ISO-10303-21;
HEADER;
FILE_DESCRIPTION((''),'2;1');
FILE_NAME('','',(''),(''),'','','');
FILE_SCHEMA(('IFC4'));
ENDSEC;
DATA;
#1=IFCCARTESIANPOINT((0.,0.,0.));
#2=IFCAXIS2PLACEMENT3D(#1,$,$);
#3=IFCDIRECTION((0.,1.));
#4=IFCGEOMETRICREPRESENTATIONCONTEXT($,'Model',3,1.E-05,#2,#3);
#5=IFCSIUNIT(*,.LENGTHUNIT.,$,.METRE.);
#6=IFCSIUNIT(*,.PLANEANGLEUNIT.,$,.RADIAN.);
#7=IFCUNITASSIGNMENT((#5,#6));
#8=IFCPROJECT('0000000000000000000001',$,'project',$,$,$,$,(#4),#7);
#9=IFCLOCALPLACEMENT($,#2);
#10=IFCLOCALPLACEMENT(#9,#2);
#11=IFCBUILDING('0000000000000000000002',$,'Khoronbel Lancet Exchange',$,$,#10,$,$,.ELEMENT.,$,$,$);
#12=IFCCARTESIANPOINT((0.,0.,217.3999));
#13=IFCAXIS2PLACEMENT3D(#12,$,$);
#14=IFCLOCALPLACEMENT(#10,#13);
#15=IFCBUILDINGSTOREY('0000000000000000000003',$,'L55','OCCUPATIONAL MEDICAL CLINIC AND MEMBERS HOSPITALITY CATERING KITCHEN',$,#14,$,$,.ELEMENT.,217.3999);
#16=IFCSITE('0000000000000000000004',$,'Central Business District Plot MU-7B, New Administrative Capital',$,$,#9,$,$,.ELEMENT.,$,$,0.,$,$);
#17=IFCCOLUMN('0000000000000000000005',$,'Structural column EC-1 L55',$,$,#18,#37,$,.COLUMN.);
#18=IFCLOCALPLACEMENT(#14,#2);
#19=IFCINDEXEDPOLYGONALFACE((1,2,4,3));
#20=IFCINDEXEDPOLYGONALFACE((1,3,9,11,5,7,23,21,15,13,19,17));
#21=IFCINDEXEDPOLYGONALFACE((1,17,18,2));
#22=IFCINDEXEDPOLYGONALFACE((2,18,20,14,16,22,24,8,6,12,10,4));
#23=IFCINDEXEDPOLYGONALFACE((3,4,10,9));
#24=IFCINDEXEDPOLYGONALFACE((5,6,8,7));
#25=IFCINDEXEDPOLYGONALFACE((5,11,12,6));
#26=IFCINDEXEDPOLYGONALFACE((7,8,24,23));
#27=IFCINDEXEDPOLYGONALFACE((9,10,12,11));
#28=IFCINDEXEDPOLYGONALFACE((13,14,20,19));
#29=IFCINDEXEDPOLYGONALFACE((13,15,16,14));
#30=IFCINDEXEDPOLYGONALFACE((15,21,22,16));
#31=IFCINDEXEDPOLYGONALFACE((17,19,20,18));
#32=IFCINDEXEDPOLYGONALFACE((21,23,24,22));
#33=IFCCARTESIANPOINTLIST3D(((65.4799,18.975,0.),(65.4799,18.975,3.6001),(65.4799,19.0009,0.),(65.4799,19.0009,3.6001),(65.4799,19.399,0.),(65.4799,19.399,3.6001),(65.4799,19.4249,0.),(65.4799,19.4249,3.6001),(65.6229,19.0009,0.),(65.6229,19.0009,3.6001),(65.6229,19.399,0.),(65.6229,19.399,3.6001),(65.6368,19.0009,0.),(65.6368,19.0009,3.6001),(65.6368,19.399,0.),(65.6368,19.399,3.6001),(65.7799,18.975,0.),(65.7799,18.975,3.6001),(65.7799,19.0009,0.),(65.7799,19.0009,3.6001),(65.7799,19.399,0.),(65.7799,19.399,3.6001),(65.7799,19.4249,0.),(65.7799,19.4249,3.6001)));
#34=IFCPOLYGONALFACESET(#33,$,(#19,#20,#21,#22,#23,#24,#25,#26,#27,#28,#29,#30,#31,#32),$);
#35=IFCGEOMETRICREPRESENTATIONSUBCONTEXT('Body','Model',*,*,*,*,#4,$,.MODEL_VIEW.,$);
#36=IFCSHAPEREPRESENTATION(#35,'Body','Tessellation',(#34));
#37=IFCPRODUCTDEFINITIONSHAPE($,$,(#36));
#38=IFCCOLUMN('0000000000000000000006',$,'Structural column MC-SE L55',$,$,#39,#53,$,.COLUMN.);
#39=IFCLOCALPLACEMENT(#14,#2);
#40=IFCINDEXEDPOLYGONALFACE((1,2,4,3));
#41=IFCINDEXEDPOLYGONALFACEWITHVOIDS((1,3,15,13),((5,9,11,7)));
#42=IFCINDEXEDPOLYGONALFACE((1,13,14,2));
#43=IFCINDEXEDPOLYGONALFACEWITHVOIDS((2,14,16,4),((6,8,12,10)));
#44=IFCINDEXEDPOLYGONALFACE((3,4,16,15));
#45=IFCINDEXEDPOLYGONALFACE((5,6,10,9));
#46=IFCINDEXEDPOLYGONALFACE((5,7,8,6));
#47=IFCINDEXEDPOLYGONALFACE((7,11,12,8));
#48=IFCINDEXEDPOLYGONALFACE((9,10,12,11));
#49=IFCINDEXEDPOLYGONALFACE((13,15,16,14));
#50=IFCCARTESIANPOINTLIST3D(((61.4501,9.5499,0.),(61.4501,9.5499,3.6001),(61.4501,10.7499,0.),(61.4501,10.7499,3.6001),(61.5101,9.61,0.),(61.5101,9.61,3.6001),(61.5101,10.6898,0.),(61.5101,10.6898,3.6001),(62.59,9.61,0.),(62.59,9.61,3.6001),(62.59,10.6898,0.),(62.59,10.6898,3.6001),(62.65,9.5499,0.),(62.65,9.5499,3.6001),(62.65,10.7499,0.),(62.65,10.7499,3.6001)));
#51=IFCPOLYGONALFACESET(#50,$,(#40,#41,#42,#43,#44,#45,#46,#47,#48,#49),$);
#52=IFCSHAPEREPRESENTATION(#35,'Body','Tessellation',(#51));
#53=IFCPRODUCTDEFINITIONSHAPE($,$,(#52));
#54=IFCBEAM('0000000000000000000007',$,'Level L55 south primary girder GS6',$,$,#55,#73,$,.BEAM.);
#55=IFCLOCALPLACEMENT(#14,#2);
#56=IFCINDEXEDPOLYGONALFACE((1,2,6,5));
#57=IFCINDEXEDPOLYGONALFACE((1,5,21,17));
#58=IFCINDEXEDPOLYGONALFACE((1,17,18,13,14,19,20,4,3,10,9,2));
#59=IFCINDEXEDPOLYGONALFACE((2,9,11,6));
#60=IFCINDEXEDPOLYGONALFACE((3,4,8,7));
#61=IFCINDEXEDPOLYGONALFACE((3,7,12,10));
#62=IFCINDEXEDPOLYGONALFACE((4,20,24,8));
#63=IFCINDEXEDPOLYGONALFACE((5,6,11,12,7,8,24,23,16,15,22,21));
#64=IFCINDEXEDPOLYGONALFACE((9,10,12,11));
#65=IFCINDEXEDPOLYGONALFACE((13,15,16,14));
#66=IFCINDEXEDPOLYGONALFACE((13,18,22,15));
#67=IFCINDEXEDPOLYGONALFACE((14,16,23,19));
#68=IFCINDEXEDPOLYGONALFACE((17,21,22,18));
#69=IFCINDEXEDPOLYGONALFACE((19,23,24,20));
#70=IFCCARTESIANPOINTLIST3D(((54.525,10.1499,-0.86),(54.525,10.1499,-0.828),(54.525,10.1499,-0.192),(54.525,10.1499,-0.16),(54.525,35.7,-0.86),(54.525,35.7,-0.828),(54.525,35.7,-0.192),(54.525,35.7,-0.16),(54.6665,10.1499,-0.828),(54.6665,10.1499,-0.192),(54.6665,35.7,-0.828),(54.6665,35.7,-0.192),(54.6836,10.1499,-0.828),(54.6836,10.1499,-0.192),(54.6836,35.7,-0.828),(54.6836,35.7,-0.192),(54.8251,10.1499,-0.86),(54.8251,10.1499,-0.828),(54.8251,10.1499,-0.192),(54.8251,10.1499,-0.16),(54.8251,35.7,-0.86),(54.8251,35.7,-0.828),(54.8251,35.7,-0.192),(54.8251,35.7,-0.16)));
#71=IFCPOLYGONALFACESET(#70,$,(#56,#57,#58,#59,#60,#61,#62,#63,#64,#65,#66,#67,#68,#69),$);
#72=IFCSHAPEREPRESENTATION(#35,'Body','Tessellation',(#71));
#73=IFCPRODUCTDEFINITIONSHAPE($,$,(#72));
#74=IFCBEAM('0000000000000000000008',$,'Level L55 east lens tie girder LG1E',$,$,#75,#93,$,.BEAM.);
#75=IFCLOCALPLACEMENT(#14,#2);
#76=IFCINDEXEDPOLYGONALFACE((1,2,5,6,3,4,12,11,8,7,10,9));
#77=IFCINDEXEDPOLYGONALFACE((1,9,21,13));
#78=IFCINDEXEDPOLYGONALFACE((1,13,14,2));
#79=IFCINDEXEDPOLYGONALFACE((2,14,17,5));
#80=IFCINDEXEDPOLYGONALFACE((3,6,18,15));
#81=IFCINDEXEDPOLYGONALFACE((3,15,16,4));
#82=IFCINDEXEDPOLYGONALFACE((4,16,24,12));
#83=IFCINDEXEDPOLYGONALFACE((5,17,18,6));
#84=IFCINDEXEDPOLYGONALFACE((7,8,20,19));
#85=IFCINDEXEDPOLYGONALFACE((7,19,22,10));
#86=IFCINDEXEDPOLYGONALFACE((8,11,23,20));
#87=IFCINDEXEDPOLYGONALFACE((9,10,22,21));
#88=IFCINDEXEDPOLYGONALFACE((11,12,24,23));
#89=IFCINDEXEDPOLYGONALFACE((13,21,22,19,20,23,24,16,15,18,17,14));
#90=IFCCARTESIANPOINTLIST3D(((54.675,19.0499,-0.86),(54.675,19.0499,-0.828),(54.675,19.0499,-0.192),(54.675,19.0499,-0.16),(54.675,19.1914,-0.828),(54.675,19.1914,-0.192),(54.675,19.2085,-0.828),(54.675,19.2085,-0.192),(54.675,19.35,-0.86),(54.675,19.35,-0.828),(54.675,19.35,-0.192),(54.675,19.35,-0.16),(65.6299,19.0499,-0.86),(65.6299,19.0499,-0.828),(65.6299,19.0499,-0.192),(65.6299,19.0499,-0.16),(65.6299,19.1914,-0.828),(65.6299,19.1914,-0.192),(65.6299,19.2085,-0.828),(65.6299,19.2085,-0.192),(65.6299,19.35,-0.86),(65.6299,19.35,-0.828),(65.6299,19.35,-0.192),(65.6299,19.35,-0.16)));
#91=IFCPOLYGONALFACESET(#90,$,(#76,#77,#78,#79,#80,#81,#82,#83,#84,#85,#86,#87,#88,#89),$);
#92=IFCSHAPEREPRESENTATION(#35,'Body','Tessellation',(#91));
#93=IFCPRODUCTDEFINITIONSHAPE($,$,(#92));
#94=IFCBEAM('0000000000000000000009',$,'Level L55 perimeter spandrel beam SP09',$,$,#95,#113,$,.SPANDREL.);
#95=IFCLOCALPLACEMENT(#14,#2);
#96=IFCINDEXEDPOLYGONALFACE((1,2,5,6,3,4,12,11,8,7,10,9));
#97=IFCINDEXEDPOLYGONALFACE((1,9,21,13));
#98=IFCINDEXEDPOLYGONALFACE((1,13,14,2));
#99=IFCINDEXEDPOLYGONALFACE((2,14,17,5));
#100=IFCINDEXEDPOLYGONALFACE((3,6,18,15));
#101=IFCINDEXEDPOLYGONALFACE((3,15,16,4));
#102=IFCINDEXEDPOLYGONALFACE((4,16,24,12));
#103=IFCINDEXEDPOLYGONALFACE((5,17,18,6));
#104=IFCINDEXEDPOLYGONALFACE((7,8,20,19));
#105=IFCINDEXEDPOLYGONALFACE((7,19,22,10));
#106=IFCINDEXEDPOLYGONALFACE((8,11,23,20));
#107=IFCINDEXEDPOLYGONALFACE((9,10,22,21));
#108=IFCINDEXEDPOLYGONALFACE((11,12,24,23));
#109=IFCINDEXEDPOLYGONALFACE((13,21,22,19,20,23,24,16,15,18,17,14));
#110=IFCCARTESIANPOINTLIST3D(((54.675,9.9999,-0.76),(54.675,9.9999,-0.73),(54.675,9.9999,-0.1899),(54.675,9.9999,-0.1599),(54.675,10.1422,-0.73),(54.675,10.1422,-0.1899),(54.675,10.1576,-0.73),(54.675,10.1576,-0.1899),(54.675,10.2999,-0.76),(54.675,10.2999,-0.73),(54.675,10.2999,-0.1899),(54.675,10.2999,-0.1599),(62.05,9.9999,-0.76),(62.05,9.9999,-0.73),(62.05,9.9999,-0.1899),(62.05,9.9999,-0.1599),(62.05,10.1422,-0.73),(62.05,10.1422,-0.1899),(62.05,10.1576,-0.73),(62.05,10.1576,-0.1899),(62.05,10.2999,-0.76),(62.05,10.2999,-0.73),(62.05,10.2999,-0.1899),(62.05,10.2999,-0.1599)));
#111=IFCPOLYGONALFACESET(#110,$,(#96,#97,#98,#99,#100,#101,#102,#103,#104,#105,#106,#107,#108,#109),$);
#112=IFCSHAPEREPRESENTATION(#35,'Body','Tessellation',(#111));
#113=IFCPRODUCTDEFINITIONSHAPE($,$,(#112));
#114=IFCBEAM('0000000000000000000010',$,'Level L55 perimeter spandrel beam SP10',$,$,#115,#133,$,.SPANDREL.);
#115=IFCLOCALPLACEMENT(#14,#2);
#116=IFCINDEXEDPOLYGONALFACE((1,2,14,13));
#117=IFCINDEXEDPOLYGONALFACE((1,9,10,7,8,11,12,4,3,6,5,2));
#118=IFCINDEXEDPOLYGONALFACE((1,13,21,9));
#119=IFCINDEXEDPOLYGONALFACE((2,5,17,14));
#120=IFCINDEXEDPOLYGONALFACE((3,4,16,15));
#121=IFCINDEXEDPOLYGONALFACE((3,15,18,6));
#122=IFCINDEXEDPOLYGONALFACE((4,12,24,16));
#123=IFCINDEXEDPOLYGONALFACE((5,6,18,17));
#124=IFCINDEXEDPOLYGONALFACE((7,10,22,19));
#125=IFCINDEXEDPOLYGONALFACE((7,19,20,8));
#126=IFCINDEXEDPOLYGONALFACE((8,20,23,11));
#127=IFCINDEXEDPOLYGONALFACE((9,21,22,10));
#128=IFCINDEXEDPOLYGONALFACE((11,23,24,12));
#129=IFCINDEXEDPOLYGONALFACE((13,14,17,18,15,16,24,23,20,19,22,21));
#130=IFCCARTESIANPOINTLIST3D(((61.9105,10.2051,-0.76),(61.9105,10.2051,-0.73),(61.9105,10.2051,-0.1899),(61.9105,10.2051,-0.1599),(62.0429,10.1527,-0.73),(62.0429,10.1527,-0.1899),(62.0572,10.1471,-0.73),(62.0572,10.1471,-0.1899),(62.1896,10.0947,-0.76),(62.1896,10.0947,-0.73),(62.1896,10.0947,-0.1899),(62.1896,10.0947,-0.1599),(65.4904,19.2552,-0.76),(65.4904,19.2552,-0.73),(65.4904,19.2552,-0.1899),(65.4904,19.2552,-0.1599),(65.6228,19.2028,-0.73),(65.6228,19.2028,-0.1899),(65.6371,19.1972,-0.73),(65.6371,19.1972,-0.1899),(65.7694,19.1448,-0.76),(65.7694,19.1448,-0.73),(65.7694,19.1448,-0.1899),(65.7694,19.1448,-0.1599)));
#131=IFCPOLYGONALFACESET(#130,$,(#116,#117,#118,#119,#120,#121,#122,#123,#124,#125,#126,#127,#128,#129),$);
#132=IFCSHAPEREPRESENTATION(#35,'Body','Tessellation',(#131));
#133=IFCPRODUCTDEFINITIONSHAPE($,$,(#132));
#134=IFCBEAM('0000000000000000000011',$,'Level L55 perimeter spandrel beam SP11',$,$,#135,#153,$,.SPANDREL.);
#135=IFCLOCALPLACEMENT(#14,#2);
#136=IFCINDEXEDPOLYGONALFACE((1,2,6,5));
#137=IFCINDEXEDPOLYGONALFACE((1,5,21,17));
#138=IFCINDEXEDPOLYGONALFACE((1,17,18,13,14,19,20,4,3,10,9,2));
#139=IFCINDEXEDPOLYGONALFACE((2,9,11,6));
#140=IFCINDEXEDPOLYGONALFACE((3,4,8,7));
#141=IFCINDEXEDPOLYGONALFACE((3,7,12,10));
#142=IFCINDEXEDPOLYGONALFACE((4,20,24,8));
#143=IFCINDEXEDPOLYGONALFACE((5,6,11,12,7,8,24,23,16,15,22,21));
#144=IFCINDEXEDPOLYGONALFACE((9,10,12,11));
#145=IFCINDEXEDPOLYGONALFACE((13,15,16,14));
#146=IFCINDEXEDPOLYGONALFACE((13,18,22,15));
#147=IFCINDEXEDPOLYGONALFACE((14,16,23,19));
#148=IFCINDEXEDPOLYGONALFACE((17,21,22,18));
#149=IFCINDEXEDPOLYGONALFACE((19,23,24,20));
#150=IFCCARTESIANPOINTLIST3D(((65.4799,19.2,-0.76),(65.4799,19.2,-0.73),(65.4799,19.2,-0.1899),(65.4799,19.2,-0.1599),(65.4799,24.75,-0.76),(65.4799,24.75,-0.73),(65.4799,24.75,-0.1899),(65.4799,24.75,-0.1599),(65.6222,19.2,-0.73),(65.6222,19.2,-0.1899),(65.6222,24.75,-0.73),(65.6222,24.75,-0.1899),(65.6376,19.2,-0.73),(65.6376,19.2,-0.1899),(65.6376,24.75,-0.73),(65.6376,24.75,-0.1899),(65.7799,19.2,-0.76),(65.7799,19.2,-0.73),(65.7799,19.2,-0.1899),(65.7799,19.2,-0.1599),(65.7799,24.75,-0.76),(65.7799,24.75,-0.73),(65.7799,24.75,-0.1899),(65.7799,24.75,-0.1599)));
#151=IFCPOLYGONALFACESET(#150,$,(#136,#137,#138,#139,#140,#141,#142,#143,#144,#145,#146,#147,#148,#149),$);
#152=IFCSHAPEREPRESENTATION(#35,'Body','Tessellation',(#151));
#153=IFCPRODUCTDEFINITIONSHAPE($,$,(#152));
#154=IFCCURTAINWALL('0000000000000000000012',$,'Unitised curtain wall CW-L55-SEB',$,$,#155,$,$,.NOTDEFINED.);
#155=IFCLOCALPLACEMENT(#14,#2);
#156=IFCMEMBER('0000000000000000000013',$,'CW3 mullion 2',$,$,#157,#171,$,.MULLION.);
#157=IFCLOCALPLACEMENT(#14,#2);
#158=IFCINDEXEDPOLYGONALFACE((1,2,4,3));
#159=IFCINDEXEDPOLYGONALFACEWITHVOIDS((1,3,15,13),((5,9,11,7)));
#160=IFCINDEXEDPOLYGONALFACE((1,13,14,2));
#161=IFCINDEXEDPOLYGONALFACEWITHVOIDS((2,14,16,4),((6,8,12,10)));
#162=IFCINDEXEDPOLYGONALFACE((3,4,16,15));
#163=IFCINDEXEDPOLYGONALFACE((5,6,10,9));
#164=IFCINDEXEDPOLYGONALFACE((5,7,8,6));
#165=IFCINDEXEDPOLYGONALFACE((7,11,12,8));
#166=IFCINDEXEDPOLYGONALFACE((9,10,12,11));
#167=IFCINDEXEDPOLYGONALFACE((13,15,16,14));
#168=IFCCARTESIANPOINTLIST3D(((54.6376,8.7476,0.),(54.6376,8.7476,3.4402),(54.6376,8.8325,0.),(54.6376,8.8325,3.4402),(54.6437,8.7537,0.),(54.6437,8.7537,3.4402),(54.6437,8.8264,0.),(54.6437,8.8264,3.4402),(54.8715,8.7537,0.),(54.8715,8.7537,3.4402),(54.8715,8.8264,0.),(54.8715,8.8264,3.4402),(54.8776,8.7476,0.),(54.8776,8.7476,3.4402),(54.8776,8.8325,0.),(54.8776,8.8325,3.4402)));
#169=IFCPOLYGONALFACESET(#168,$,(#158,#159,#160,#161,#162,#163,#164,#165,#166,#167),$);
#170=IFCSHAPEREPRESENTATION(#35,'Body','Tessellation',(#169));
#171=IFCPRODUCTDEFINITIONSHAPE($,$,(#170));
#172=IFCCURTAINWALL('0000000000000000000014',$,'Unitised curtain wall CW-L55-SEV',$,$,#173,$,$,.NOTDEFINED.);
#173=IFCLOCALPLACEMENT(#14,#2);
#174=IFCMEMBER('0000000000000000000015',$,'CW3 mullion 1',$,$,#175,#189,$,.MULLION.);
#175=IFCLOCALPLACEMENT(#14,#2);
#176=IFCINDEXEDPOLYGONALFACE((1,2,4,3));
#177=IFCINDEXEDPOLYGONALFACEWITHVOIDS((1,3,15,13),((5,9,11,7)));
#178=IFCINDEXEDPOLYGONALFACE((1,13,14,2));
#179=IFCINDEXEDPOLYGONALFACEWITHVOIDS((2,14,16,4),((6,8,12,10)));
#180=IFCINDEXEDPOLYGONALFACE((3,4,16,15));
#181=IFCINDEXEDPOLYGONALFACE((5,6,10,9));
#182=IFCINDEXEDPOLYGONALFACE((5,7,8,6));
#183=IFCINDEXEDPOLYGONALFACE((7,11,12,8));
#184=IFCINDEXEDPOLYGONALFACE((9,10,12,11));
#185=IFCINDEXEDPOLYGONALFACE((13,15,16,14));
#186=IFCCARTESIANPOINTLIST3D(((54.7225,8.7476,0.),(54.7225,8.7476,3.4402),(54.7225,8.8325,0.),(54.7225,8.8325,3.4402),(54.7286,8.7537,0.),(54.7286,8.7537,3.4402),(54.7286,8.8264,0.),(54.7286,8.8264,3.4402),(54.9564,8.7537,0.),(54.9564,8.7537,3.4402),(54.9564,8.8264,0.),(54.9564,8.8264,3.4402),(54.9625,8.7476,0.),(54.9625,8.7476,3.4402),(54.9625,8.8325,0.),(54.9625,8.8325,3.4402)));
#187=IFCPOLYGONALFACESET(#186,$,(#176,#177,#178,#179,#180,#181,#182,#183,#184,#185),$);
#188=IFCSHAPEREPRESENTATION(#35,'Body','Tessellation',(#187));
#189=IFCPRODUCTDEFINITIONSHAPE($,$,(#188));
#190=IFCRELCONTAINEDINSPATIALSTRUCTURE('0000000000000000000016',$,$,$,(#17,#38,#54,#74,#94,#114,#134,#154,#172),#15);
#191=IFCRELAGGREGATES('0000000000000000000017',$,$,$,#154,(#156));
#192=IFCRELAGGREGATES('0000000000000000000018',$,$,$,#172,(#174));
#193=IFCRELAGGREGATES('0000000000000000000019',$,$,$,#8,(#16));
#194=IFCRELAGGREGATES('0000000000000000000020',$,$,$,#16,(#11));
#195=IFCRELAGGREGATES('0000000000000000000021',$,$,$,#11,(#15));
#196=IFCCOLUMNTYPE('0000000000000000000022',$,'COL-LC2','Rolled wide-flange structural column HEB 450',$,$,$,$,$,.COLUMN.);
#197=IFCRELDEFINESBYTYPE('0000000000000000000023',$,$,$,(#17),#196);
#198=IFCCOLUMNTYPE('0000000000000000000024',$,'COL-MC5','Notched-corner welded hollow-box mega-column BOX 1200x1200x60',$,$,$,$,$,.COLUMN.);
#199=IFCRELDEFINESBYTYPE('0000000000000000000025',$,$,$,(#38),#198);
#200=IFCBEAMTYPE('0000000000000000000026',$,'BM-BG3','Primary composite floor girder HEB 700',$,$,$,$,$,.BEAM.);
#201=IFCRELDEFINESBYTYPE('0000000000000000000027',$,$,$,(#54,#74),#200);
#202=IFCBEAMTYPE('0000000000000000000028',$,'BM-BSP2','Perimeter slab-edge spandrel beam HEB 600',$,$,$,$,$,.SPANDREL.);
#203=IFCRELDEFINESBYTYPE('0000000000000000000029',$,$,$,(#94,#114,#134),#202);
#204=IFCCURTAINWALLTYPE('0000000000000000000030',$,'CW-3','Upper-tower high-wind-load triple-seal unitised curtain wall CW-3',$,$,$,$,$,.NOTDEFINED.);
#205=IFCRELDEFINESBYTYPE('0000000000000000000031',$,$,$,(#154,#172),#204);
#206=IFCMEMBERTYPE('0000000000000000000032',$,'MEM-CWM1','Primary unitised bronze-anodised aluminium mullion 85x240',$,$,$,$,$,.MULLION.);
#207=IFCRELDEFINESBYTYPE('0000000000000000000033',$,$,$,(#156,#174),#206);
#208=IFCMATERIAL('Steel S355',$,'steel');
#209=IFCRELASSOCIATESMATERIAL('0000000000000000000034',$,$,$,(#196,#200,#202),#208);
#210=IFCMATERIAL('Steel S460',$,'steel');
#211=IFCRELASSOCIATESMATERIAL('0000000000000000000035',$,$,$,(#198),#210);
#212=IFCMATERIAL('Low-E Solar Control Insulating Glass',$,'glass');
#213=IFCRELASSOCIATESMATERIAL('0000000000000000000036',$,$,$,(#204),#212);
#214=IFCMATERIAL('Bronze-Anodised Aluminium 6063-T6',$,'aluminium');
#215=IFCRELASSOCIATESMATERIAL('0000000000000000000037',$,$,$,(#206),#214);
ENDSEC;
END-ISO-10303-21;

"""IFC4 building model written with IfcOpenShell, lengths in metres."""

from ifc_helpers import new_model, si_unit, direction, frame, origin, origin_2d, place, context, subcontext, project, spatial, hollow_rectangle, i_section, extrude, material, material_profile, profile_set, type_object, element, aggregate, save


model = new_model("IFC4")

# Units and contexts
model_context = context("Model", 3, precision=1e-05, world=origin(), true_north=direction((0.0, 1.0)))
body_context = subcontext(model_context, "Body", "Model", "MODEL_VIEW")
ifc_project = project(units=[si_unit("LENGTHUNIT", "METRE"), si_unit("PLANEANGLEUNIT", "RADIAN")], contexts=[model_context])

# Site, building, storey
site_placement = place(None, origin())
site = spatial("IfcSite", under=ifc_project, at=site_placement, Name="Central Business District Plot MU-7B, New Administrative Capital", CompositionType="ELEMENT", RefElevation=0.0)
building_placement = place(site_placement, origin())
building = spatial("IfcBuilding", under=site, at=building_placement, Name="Khoronbel Lancet Exchange", CompositionType="ELEMENT")
storey_placement = place(building_placement, frame((0.0, 0.0, 217.3999)))
storey = spatial("IfcBuildingStorey", under=building, at=storey_placement, Name="L55", Description="OCCUPATIONAL MEDICAL CLINIC AND MEMBERS HOSPITALITY CATERING KITCHEN", CompositionType="ELEMENT", Elevation=217.3999)

# Columns
ifc_material_1 = material(Name="Steel S355", Category="steel")
ifc_material_profile_1 = material_profile(ifc_material_1, i_section(OverallWidth=0.3, OverallDepth=0.45, WebThickness=0.0139, FlangeThickness=0.0259, at=origin_2d()), Name="HEB 450")
ifc_profile_set_1 = profile_set([ifc_material_profile_1], Name="Steel S355")
column_type_1 = type_object("IfcColumnType", Name="COL-LC2", Description="Rolled wide-flange structural column HEB 450", PredefinedType="COLUMN", material=ifc_profile_set_1)
column_1_placement = place(storey_placement, frame((65.6299, 19.2, 0.0), z_axis=(0.0, 0.0, 1.0), x_axis=(1.0, 0.0, 0.0)))
element("IfcColumn", 1, at=column_1_placement, inside=storey, type_object=column_type_1, Name="Structural column EC-1 L55", PredefinedType="COLUMN", context=body_context, shape_type="SweptSolid", body=[
    extrude(i_section(OverallWidth=0.3, OverallDepth=0.45, WebThickness=0.0139, FlangeThickness=0.0259, at=origin_2d()), origin(), (0.0, 0.0, 1.0), 3.6001),
])
ifc_material_2 = material(Name="Steel S460", Category="steel")
ifc_material_profile_2 = material_profile(ifc_material_2, hollow_rectangle(XDim=1.2, YDim=1.2, WallThickness=0.0601, at=origin_2d()), Name="BOX 1200x1200x60")
ifc_profile_set_2 = profile_set([ifc_material_profile_2], Name="Steel S460")
column_type_2 = type_object("IfcColumnType", Name="COL-MC5", Description="Notched-corner welded hollow-box mega-column BOX 1200x1200x60", PredefinedType="COLUMN", material=ifc_profile_set_2)
column_2_placement = place(storey_placement, frame((62.05, 10.1499, 0.0), z_axis=(0.0, 0.0, 1.0), x_axis=(1.0, 0.0, 0.0)))
element("IfcColumn", 2, at=column_2_placement, inside=storey, type_object=column_type_2, Name="Structural column MC-SE L55", PredefinedType="COLUMN", context=body_context, shape_type="SweptSolid", body=[
    extrude(hollow_rectangle(XDim=1.2, YDim=1.2, WallThickness=0.0601, at=origin_2d()), origin(), (0.0, 0.0, 1.0), 3.6001),
])

# Beams
ifc_material_profile_3 = material_profile(ifc_material_1, i_section(OverallWidth=0.3, OverallDepth=0.7, WebThickness=0.0171, FlangeThickness=0.032, at=origin_2d()), Name="HEB 700")
ifc_profile_set_3 = profile_set([ifc_material_profile_3], Name="Steel S355")
beam_type_1 = type_object("IfcBeamType", Name="BM-BG3", Description="Primary composite floor girder HEB 700", PredefinedType="BEAM", material=ifc_profile_set_3)
beam_1_placement = place(storey_placement, frame((54.675, 10.1499, -0.51), z_axis=(0.0, 1.0, 0.0), x_axis=(-1.0, 0.0, 0.0)))
element("IfcBeam", 3, at=beam_1_placement, inside=storey, type_object=beam_type_1, Name="Level L55 south primary girder GS6", PredefinedType="BEAM", context=body_context, shape_type="SweptSolid", body=[
    extrude(i_section(OverallWidth=0.3, OverallDepth=0.7, WebThickness=0.0171, FlangeThickness=0.032, at=origin_2d()), origin(), (0.0, 0.0, 1.0), 25.55),
])
beam_2_placement = place(storey_placement, frame((54.675, 19.2, -0.51), z_axis=(1.0, 0.0, 0.0), x_axis=(0.0, 1.0, 0.0)))
element("IfcBeam", 4, at=beam_2_placement, inside=storey, type_object=beam_type_1, Name="Level L55 east lens tie girder LG1E", PredefinedType="BEAM", context=body_context, shape_type="SweptSolid", body=[
    extrude(i_section(OverallWidth=0.3, OverallDepth=0.7, WebThickness=0.0171, FlangeThickness=0.032, at=origin_2d()), origin(), (0.0, 0.0, 1.0), 10.9548),
])
ifc_material_profile_4 = material_profile(ifc_material_1, i_section(OverallWidth=0.3, OverallDepth=0.6001, WebThickness=0.0154, FlangeThickness=0.03, at=origin_2d()), Name="HEB 600")
ifc_profile_set_4 = profile_set([ifc_material_profile_4], Name="Steel S355")
beam_type_2 = type_object("IfcBeamType", Name="BM-BSP2", Description="Perimeter slab-edge spandrel beam HEB 600", PredefinedType="SPANDREL", material=ifc_profile_set_4)
beam_3_placement = place(storey_placement, frame((54.675, 10.1499, -0.46), z_axis=(1.0, 0.0, 0.0), x_axis=(0.0, 1.0, 0.0)))
element("IfcBeam", 5, at=beam_3_placement, inside=storey, type_object=beam_type_2, Name="Level L55 perimeter spandrel beam SP09", PredefinedType="SPANDREL", context=body_context, shape_type="SweptSolid", body=[
    extrude(i_section(OverallWidth=0.3, OverallDepth=0.6001, WebThickness=0.0154, FlangeThickness=0.03, at=origin_2d()), origin(), (0.0, 0.0, 1.0), 7.375),
])
beam_4_placement = place(storey_placement, frame((62.05, 10.1499, -0.46), z_axis=(0.367828, 0.929894, 0.0), x_axis=(-0.929894, 0.367828, 0.0)))
element("IfcBeam", 6, at=beam_4_placement, inside=storey, type_object=beam_type_2, Name="Level L55 perimeter spandrel beam SP10", PredefinedType="SPANDREL", context=body_context, shape_type="SweptSolid", body=[
    extrude(i_section(OverallWidth=0.3, OverallDepth=0.6001, WebThickness=0.0154, FlangeThickness=0.03, at=origin_2d()), origin(), (0.0, 0.0, 1.0), 9.7324),
])
beam_5_placement = place(storey_placement, frame((65.6299, 19.2, -0.46), z_axis=(0.0, 1.0, 0.0), x_axis=(-1.0, 0.0, 0.0)))
element("IfcBeam", 7, at=beam_5_placement, inside=storey, type_object=beam_type_2, Name="Level L55 perimeter spandrel beam SP11", PredefinedType="SPANDREL", context=body_context, shape_type="SweptSolid", body=[
    extrude(i_section(OverallWidth=0.3, OverallDepth=0.6001, WebThickness=0.0154, FlangeThickness=0.03, at=origin_2d()), origin(), (0.0, 0.0, 1.0), 5.55),
])

# Curtain wall, member
ifc_material_3 = material(Name="Low-E Solar Control Insulating Glass", Category="glass")
curtain_wall_type_1 = type_object("IfcCurtainWallType", Name="CW-3", Description="Upper-tower high-wind-load triple-seal unitised curtain wall CW-3", PredefinedType="NOTDEFINED", material=ifc_material_3)
curtain_wall_1_placement = place(storey_placement, origin())
curtain_wall_1 = element("IfcCurtainWall", 8, at=curtain_wall_1_placement, inside=storey, type_object=curtain_wall_type_1, Name="Unitised curtain wall CW-L55-SEB", PredefinedType="NOTDEFINED")
ifc_material_4 = material(Name="Bronze-Anodised Aluminium 6063-T6", Category="aluminium")
ifc_material_profile_5 = material_profile(ifc_material_4, hollow_rectangle(XDim=0.085, YDim=0.24, WallThickness=0.0061, at=origin_2d()), Name="ALU MULLION 85x240")
ifc_profile_set_5 = profile_set([ifc_material_profile_5], Name="Bronze-Anodised Aluminium 6063-T6")
member_type_1 = type_object("IfcMemberType", Name="MEM-CWM1", Description="Primary unitised bronze-anodised aluminium mullion 85x240", PredefinedType="MULLION", material=ifc_profile_set_5)
member_1_placement = place(storey_placement, frame((54.7576, 8.79, 0.0), z_axis=(0.0, 0.0, 1.0), x_axis=(0.0, 1.0, 0.0)))
member_1 = element("IfcMember", 9, at=member_1_placement, type_object=member_type_1, Name="CW3 mullion 2", PredefinedType="MULLION", context=body_context, shape_type="SweptSolid", body=[
    extrude(hollow_rectangle(XDim=0.085, YDim=0.24, WallThickness=0.0061, at=origin_2d()), origin(), (0.0, 0.0, 1.0), 3.4402),
])
aggregate(curtain_wall_1, [member_1])

# Curtain wall, member
curtain_wall_2_placement = place(storey_placement, origin())
curtain_wall_2 = element("IfcCurtainWall", 10, at=curtain_wall_2_placement, inside=storey, type_object=curtain_wall_type_1, Name="Unitised curtain wall CW-L55-SEV", PredefinedType="NOTDEFINED")
member_2_placement = place(storey_placement, frame((54.8425, 8.79, 0.0), z_axis=(0.0, 0.0, 1.0), x_axis=(0.0, 1.0, 0.0)))
member_2 = element("IfcMember", 11, at=member_2_placement, type_object=member_type_1, Name="CW3 mullion 1", PredefinedType="MULLION", context=body_context, shape_type="SweptSolid", body=[
    extrude(hollow_rectangle(XDim=0.085, YDim=0.24, WallThickness=0.0061, at=origin_2d()), origin(), (0.0, 0.0, 1.0), 3.4402),
])

aggregate(curtain_wall_2, [member_2])

save(model, "model.ifc")
